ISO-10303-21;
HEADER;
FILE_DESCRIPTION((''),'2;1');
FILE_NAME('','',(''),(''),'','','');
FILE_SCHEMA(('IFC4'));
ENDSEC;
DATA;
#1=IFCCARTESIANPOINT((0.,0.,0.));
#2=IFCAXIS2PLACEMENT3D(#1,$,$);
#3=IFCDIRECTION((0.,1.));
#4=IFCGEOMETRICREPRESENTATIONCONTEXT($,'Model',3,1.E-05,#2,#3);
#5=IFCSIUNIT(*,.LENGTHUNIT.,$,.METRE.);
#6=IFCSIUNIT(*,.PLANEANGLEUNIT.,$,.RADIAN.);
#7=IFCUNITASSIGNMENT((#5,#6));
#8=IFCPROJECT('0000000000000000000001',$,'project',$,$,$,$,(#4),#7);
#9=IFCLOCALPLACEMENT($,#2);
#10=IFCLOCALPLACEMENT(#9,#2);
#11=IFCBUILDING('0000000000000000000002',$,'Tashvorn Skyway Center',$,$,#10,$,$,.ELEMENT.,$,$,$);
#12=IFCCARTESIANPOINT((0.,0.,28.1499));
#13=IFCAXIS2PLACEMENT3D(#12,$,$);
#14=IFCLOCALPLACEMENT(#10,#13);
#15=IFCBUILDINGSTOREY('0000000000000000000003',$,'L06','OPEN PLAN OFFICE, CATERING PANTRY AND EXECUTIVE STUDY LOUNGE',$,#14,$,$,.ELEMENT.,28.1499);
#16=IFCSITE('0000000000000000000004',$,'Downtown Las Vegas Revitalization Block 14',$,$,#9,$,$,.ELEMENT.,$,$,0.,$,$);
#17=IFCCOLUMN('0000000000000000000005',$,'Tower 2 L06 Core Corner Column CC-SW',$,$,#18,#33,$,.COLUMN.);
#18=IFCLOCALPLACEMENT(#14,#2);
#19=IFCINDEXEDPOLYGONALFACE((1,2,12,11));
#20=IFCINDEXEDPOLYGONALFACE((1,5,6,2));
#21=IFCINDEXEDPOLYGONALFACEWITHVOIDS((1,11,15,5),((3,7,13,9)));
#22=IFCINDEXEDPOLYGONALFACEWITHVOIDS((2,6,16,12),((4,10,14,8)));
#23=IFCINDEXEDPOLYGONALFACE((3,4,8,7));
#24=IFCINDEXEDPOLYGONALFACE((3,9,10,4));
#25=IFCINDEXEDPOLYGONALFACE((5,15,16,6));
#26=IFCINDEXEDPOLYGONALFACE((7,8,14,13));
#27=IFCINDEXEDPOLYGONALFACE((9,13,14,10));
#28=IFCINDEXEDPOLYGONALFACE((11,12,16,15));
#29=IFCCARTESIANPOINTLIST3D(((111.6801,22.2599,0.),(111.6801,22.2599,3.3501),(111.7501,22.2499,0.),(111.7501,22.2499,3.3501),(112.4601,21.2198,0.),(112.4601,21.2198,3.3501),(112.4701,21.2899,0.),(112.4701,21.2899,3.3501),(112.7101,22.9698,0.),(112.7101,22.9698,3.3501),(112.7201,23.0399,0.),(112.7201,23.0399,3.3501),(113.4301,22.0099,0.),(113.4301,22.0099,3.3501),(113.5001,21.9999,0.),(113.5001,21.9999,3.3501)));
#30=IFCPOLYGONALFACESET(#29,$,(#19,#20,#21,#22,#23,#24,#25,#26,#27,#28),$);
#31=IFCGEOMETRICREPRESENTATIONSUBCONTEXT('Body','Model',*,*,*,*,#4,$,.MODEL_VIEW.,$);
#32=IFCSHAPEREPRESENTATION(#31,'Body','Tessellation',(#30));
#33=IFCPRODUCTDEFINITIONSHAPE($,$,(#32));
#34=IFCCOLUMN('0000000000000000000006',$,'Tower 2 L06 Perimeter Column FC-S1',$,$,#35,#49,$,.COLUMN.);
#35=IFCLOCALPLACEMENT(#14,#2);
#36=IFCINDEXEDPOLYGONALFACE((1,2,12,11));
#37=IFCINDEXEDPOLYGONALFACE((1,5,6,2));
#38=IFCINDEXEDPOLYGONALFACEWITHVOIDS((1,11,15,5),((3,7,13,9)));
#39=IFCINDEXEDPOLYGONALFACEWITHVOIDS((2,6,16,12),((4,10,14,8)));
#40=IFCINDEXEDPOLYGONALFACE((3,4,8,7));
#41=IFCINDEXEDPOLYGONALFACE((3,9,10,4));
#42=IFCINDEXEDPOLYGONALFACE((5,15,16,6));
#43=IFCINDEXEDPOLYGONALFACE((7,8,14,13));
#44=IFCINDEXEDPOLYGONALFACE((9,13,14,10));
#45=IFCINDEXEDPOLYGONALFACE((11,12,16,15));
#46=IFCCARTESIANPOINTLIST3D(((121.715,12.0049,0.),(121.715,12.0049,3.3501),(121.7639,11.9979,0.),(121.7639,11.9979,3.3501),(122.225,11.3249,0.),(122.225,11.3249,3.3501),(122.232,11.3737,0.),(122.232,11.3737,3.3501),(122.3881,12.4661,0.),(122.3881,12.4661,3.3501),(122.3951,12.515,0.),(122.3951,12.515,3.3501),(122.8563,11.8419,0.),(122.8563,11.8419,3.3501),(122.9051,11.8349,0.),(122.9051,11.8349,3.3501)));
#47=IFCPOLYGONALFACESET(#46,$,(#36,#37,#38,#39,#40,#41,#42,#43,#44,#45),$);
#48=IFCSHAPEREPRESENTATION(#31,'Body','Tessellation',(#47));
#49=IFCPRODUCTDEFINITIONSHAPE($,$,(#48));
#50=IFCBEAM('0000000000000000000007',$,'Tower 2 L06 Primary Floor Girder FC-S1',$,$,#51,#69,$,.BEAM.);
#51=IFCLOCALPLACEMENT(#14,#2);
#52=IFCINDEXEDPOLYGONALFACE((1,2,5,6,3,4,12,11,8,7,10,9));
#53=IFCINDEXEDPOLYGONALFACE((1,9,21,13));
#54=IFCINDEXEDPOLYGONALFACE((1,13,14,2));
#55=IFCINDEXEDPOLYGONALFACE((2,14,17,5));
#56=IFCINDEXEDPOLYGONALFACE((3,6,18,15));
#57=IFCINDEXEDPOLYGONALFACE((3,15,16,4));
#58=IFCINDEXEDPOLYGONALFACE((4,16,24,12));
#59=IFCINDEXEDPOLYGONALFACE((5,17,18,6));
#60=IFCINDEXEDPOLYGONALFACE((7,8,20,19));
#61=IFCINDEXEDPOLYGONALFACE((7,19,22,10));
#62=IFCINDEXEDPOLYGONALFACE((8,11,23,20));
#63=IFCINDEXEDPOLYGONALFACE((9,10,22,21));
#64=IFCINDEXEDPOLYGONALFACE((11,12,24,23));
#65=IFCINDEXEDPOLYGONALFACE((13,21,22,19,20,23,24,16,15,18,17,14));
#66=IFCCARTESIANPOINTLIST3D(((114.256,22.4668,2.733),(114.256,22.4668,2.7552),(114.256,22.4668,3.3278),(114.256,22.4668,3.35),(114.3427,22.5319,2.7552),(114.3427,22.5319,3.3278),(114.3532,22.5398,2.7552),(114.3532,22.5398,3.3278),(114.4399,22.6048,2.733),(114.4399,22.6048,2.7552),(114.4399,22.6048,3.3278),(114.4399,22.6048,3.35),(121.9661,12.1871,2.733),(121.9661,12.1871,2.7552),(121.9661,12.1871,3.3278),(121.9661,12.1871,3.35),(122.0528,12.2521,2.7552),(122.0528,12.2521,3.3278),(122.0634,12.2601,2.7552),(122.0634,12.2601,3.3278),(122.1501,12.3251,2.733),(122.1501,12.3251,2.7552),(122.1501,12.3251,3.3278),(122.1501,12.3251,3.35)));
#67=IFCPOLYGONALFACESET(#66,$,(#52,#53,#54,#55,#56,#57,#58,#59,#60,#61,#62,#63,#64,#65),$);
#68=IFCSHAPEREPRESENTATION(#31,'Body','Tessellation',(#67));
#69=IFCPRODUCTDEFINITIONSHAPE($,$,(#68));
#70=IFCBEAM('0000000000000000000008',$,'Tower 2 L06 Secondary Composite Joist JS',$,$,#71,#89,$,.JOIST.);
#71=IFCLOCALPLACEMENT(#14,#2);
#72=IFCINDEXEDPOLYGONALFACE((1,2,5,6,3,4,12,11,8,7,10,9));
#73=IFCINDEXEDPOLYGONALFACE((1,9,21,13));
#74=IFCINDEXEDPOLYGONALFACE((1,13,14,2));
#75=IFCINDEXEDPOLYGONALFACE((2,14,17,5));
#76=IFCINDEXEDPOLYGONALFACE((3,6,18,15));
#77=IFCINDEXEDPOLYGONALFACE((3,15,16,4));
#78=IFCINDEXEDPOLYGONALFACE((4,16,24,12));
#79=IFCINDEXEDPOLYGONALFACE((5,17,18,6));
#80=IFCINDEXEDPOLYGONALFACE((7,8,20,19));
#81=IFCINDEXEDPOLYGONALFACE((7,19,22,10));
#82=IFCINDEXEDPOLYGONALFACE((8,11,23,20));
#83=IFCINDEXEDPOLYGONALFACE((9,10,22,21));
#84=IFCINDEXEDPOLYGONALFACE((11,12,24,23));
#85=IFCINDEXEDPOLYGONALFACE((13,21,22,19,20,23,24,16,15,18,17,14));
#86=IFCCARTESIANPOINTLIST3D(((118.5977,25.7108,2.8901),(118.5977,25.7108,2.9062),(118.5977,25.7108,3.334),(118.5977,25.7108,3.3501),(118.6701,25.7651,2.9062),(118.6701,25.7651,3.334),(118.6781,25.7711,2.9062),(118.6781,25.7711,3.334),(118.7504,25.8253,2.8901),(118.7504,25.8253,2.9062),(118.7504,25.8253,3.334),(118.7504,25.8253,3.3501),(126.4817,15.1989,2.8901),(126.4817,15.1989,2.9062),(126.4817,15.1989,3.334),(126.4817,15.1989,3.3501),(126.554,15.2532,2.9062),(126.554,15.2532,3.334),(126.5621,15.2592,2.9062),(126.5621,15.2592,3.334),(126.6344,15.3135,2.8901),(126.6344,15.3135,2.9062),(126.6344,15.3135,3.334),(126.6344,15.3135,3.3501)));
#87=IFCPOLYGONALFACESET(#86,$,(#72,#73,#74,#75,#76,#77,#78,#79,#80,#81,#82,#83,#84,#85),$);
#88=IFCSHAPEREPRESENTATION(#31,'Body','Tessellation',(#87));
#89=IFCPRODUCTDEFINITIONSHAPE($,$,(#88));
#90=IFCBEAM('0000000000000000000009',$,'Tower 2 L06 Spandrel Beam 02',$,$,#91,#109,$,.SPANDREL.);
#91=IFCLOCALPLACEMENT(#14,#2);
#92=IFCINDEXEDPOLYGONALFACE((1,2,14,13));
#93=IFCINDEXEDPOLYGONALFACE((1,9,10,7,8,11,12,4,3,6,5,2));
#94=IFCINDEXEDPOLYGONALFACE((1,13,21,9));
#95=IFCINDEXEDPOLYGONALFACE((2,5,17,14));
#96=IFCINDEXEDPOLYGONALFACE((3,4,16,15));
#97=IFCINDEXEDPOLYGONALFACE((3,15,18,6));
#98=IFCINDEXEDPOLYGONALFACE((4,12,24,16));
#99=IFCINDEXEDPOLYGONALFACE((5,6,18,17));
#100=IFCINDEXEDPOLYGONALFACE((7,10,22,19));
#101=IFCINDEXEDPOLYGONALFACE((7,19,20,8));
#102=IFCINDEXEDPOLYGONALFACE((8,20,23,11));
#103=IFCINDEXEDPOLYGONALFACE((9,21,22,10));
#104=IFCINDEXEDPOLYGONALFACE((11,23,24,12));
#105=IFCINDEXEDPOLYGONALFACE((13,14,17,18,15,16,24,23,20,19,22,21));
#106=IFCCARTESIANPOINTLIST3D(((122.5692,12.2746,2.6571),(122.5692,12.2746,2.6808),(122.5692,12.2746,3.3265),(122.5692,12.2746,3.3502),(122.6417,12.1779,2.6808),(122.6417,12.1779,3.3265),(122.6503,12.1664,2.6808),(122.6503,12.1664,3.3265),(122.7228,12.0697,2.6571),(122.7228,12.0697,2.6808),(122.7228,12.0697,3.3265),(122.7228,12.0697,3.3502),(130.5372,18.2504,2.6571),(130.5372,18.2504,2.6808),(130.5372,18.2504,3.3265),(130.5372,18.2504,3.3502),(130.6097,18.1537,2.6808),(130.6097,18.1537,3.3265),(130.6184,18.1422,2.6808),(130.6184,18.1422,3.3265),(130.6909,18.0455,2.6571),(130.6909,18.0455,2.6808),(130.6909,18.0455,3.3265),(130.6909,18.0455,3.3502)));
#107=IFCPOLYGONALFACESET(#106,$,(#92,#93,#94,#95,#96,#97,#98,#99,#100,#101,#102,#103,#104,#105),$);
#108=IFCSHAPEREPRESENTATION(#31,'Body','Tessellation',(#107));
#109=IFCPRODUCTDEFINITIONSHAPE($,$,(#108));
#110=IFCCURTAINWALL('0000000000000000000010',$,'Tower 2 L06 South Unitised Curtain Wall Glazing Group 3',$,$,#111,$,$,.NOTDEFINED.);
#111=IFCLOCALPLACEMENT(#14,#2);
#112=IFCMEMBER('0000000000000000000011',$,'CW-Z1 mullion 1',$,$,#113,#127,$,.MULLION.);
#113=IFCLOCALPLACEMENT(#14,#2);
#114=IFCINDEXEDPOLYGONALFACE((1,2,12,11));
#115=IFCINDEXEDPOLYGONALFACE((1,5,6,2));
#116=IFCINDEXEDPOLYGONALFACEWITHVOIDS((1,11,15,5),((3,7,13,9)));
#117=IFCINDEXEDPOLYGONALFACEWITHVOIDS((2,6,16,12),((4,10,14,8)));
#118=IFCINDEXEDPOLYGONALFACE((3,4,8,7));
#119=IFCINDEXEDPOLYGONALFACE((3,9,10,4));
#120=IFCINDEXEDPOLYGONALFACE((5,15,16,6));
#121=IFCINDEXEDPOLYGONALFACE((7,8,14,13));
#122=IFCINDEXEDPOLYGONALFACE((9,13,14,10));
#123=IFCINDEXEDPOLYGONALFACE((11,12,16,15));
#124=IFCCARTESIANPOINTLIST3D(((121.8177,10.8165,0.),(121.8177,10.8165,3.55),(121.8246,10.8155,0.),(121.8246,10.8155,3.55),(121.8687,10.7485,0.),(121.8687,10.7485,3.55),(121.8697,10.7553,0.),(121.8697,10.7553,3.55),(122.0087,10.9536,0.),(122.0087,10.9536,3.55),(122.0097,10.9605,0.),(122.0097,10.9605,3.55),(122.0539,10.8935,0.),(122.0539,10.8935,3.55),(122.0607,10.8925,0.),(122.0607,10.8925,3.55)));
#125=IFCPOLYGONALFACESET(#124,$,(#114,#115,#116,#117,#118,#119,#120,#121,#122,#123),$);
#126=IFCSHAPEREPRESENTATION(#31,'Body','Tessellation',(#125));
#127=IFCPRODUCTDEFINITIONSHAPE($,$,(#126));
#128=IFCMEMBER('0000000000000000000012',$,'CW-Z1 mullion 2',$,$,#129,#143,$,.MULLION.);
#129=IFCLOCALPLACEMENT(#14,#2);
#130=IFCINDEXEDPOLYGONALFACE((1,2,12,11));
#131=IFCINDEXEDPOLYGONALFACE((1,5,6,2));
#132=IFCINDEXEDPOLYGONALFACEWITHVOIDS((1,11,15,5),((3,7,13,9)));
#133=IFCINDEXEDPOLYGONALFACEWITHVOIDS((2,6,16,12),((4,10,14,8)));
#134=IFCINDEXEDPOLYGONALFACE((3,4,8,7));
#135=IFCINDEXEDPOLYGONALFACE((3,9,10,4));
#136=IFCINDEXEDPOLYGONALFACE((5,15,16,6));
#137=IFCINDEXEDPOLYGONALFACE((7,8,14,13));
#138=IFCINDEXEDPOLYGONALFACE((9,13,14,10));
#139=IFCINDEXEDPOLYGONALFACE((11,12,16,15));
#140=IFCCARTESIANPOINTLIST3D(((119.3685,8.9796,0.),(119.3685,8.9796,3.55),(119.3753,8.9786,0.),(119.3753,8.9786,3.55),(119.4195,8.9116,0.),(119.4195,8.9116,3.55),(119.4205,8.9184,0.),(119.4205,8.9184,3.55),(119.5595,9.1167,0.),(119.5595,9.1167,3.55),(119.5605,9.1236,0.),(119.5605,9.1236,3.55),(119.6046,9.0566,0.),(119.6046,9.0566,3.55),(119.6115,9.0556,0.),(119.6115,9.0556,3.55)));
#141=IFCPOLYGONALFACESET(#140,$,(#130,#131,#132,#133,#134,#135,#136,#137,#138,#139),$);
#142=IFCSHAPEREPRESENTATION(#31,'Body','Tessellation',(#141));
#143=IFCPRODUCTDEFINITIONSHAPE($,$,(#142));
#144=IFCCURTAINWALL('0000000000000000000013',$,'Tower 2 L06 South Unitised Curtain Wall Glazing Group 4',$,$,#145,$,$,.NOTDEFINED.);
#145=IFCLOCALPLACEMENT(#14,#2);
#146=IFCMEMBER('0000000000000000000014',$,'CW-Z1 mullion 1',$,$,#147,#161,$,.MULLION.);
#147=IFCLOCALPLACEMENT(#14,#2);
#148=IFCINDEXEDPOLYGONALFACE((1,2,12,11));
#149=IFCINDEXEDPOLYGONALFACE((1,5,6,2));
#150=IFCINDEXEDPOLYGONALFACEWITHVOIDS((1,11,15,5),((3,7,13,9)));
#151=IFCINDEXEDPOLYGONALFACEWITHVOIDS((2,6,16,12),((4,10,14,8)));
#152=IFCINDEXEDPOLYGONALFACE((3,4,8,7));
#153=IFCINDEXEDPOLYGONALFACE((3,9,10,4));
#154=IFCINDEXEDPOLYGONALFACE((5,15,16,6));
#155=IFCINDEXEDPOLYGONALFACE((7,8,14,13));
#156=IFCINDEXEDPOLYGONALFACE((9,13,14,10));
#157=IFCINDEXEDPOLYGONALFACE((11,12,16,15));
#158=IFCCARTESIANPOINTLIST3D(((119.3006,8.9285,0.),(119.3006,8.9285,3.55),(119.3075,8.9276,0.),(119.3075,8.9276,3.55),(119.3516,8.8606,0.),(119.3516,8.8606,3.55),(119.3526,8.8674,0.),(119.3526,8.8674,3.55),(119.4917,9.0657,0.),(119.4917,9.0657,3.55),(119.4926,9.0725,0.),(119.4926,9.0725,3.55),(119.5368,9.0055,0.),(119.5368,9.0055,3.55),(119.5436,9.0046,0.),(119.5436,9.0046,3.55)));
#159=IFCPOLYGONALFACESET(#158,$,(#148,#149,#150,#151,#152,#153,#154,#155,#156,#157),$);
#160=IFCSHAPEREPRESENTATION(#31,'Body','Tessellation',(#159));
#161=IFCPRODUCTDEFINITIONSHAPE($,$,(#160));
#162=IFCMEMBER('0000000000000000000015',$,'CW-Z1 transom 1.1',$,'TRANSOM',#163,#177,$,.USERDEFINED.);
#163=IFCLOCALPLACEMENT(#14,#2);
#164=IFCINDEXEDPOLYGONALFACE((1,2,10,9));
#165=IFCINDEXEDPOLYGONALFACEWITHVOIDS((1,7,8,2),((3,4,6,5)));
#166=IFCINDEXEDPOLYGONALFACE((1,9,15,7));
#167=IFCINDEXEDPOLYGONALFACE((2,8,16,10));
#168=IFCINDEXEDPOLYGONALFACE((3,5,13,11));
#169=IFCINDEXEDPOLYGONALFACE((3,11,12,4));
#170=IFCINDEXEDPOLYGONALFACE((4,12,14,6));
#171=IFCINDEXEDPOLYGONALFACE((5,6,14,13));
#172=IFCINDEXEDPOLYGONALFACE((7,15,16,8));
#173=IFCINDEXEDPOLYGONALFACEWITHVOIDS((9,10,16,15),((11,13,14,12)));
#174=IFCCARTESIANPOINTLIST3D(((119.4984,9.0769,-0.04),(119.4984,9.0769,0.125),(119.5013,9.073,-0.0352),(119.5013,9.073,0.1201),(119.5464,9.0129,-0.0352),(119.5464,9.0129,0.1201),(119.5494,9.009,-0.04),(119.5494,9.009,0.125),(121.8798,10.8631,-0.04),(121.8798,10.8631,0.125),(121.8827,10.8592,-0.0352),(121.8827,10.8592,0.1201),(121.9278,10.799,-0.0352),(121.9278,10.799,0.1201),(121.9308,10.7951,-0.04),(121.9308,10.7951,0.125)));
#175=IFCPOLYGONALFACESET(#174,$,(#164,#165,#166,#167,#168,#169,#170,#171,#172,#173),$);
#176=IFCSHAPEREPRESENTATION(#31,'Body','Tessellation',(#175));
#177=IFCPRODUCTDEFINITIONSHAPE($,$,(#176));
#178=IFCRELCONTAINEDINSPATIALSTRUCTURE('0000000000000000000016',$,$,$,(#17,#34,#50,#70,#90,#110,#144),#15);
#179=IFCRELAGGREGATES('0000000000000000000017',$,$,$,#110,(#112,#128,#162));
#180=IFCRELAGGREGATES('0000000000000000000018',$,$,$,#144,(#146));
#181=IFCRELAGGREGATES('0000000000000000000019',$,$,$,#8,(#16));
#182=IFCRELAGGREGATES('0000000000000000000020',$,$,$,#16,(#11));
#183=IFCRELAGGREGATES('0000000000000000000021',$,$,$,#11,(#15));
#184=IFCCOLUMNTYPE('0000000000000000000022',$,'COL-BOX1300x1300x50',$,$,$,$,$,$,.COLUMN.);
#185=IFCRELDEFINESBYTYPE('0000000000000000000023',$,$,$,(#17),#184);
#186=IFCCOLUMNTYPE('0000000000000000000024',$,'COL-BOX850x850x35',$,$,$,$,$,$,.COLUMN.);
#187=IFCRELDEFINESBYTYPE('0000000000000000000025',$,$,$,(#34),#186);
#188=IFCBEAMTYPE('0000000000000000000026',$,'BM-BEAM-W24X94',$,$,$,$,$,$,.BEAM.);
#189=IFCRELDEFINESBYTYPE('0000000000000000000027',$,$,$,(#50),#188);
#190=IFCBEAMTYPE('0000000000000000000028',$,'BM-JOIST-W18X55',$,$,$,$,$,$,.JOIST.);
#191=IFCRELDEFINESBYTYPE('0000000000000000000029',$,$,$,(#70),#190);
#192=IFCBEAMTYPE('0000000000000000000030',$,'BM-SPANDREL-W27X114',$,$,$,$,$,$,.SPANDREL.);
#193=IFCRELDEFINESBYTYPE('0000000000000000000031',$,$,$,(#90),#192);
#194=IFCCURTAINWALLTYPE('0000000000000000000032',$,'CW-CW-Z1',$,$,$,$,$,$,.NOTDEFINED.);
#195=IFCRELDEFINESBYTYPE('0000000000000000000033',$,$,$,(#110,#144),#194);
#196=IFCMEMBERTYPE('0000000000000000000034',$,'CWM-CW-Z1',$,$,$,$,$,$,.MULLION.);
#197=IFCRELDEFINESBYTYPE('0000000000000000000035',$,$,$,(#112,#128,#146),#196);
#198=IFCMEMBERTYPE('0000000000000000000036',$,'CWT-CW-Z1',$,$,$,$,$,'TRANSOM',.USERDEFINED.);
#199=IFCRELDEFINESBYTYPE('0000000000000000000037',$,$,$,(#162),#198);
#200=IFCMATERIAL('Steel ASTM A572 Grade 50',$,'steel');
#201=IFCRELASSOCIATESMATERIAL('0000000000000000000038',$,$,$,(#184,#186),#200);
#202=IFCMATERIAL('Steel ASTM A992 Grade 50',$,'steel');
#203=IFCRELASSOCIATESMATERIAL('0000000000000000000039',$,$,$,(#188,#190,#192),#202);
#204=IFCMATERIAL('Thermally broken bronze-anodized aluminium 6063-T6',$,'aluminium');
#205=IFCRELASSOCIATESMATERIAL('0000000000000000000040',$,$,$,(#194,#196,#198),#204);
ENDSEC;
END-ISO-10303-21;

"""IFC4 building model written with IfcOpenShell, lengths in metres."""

from ifc_helpers import new_model, si_unit, direction, frame, origin, origin_2d, place, context, subcontext, project, spatial, hollow_rectangle, i_section, extrude, material, material_profile, profile_set, type_object, element, aggregate, save


model = new_model("IFC4")

# Units and contexts
model_context = context("Model", 3, precision=1e-05, world=origin(), true_north=direction((0.0, 1.0)))
body_context = subcontext(model_context, "Body", "Model", "MODEL_VIEW")
ifc_project = project(units=[si_unit("LENGTHUNIT", "METRE"), si_unit("PLANEANGLEUNIT", "RADIAN")], contexts=[model_context])

# Site, building, storey
site_placement = place(None, origin())
site = spatial("IfcSite", under=ifc_project, at=site_placement, Name="Downtown Las Vegas Revitalization Block 14", CompositionType="ELEMENT", RefElevation=0.0)
building_placement = place(site_placement, origin())
building = spatial("IfcBuilding", under=site, at=building_placement, Name="Tashvorn Skyway Center", CompositionType="ELEMENT")
storey_placement = place(building_placement, frame((0.0, 0.0, 28.1499)))
storey = spatial("IfcBuildingStorey", under=building, at=storey_placement, Name="L06", Description="OPEN PLAN OFFICE, CATERING PANTRY AND EXECUTIVE STUDY LOUNGE", CompositionType="ELEMENT", Elevation=28.1499)

# Columns
ifc_material_1 = material(Name="Steel ASTM A572 Grade 50", Category="steel")
ifc_material_profile_1 = material_profile(ifc_material_1, hollow_rectangle(XDim=1.3, YDim=1.3, WallThickness=0.05, at=origin_2d()), Name="BOX1300x1300x50")
ifc_profile_set_1 = profile_set([ifc_material_profile_1], Name="Steel ASTM A572 Grade 50")
column_type_1 = type_object("IfcColumnType", Name="COL-BOX1300x1300x50", PredefinedType="COLUMN", material=ifc_profile_set_1)
column_1_placement = place(storey_placement, frame((112.5901, 22.1299, 0.0), z_axis=(0.0, 0.0, 1.0), x_axis=(0.8, 0.6, 0.0)))
element("IfcColumn", 1, at=column_1_placement, inside=storey, type_object=column_type_1, Name="Tower 2 L06 Core Corner Column CC-SW", PredefinedType="COLUMN", context=body_context, shape_type="SweptSolid", body=[
    extrude(hollow_rectangle(XDim=1.3, YDim=1.3, WallThickness=0.05, at=origin_2d()), origin(), (0.0, 0.0, 1.0), 3.3501),
])
ifc_material_profile_2 = material_profile(ifc_material_1, hollow_rectangle(XDim=0.8501, YDim=0.8501, WallThickness=0.0349, at=origin_2d()), Name="BOX850x850x35")
ifc_profile_set_2 = profile_set([ifc_material_profile_2], Name="Steel ASTM A572 Grade 50")
column_type_2 = type_object("IfcColumnType", Name="COL-BOX850x850x35", PredefinedType="COLUMN", material=ifc_profile_set_2)
column_2_placement = place(storey_placement, frame((122.3101, 11.9199, 0.0), z_axis=(0.0, 0.0, 1.0), x_axis=(0.8, 0.6, 0.0)))
element("IfcColumn", 2, at=column_2_placement, inside=storey, type_object=column_type_2, Name="Tower 2 L06 Perimeter Column FC-S1", PredefinedType="COLUMN", context=body_context, shape_type="SweptSolid", body=[
    extrude(hollow_rectangle(XDim=0.8501, YDim=0.8501, WallThickness=0.0349, at=origin_2d()), origin(), (0.0, 0.0, 1.0), 3.3501),
])

# Beams
ifc_material_2 = material(Name="Steel ASTM A992 Grade 50", Category="steel")
ifc_material_profile_3 = material_profile(ifc_material_2, i_section(OverallWidth=0.23, OverallDepth=0.6169, WebThickness=0.0132, FlangeThickness=0.0222, at=origin_2d()), Name="W24X94")
ifc_profile_set_3 = profile_set([ifc_material_profile_3], Name="Steel ASTM A992 Grade 50")
beam_type_1 = type_object("IfcBeamType", Name="BM-BEAM-W24X94", PredefinedType="BEAM", material=ifc_profile_set_3)
beam_1_placement = place(storey_placement, frame((122.0581, 12.2561, 3.0415), z_axis=(-0.600018, 0.799986, 0.0), x_axis=(-0.799986, -0.600018, 0.0)))
element("IfcBeam", 3, at=beam_1_placement, inside=storey, type_object=beam_type_1, Name="Tower 2 L06 Primary Floor Girder FC-S1", PredefinedType="BEAM", context=body_context, shape_type="SweptSolid", body=[
    extrude(i_section(OverallWidth=0.23, OverallDepth=0.6169, WebThickness=0.0132, FlangeThickness=0.0222, at=origin_2d()), origin(), (0.0, 0.0, 1.0), 12.8499),
])
ifc_material_profile_4 = material_profile(ifc_material_2, i_section(OverallWidth=0.1909, OverallDepth=0.46, WebThickness=0.01, FlangeThickness=0.0161, at=origin_2d()), Name="W18X55")
ifc_profile_set_4 = profile_set([ifc_material_profile_4], Name="Steel ASTM A992 Grade 50")
beam_type_2 = type_object("IfcBeamType", Name="BM-JOIST-W18X55", PredefinedType="JOIST", material=ifc_profile_set_4)
beam_2_placement = place(storey_placement, frame((118.6741, 25.7681, 3.1201), z_axis=(0.600003, -0.799998, 0.0), x_axis=(0.799998, 0.600003, 0.0)))
element("IfcBeam", 4, at=beam_2_placement, inside=storey, type_object=beam_type_2, Name="Tower 2 L06 Secondary Composite Joist JS", PredefinedType="JOIST", context=body_context, shape_type="SweptSolid", body=[
    extrude(i_section(OverallWidth=0.1909, OverallDepth=0.46, WebThickness=0.01, FlangeThickness=0.0161, at=origin_2d()), origin(), (0.0, 0.0, 1.0), 13.1399),
])
ifc_material_profile_5 = material_profile(ifc_material_2, i_section(OverallWidth=0.2561, OverallDepth=0.6931, WebThickness=0.0144, FlangeThickness=0.0237, at=origin_2d()), Name="W27X114")
ifc_profile_set_5 = profile_set([ifc_material_profile_5], Name="Steel ASTM A992 Grade 50")
beam_type_3 = type_object("IfcBeamType", Name="BM-SPANDREL-W27X114", PredefinedType="SPANDREL", material=ifc_profile_set_5)
beam_3_placement = place(storey_placement, frame((122.646, 12.1721, 3.0037), z_axis=(0.800009, 0.599988, 0.0), x_axis=(-0.599988, 0.800009, 0.0)))
element("IfcBeam", 5, at=beam_3_placement, inside=storey, type_object=beam_type_3, Name="Tower 2 L06 Spandrel Beam 02", PredefinedType="SPANDREL", context=body_context, shape_type="SweptSolid", body=[
    extrude(i_section(OverallWidth=0.2561, OverallDepth=0.6931, WebThickness=0.0144, FlangeThickness=0.0237, at=origin_2d()), origin(), (0.0, 0.0, 1.0), 9.96),
])

# Curtain wall, members
ifc_material_3 = material(Name="Thermally broken bronze-anodized aluminium 6063-T6", Category="aluminium")
curtain_wall_type = type_object("IfcCurtainWallType", Name="CW-CW-Z1", PredefinedType="NOTDEFINED", material=ifc_material_3)
curtain_wall_1_placement = place(storey_placement, origin())
curtain_wall_1 = element("IfcCurtainWall", 6, at=curtain_wall_1_placement, inside=storey, type_object=curtain_wall_type, Name="Tower 2 L06 South Unitised Curtain Wall Glazing Group 3", PredefinedType="NOTDEFINED")
ifc_material_profile_6 = material_profile(ifc_material_3, hollow_rectangle(XDim=0.085, YDim=0.24, WallThickness=0.0049, at=origin_2d()), Name="ALU-MULL-85x240")
ifc_profile_set_6 = profile_set([ifc_material_profile_6], Name="Thermally broken bronze-anodized aluminium 6063-T6")
member_type_1 = type_object("IfcMemberType", Name="CWM-CW-Z1", PredefinedType="MULLION", material=ifc_profile_set_6)
member_1_placement = place(storey_placement, frame((121.9392, 10.8545, 0.0), z_axis=(0.0, 0.0, 1.0), x_axis=(0.600005, -0.799996, 0.0)))
member_1 = element("IfcMember", 7, at=member_1_placement, type_object=member_type_1, Name="CW-Z1 mullion 1", PredefinedType="MULLION", context=body_context, shape_type="SweptSolid", body=[
    extrude(hollow_rectangle(XDim=0.085, YDim=0.24, WallThickness=0.0049, at=origin_2d()), origin(), (0.0, 0.0, 1.0), 3.55),
])
member_2_placement = place(storey_placement, frame((119.49, 9.0176, 0.0), z_axis=(0.0, 0.0, 1.0), x_axis=(0.600005, -0.799996, 0.0)))
member_2 = element("IfcMember", 8, at=member_2_placement, type_object=member_type_1, Name="CW-Z1 mullion 2", PredefinedType="MULLION", context=body_context, shape_type="SweptSolid", body=[
    extrude(hollow_rectangle(XDim=0.085, YDim=0.24, WallThickness=0.0049, at=origin_2d()), origin(), (0.0, 0.0, 1.0), 3.55),
])

# Curtain wall, member
curtain_wall_2_placement = place(storey_placement, origin())
curtain_wall_2 = element("IfcCurtainWall", 9, at=curtain_wall_2_placement, inside=storey, type_object=curtain_wall_type, Name="Tower 2 L06 South Unitised Curtain Wall Glazing Group 4", PredefinedType="NOTDEFINED")
member_3_placement = place(storey_placement, frame((119.4221, 8.9666, 0.0), z_axis=(0.0, 0.0, 1.0), x_axis=(0.6, -0.8, 0.0)))
member_3 = element("IfcMember", 10, at=member_3_placement, type_object=member_type_1, Name="CW-Z1 mullion 1", PredefinedType="MULLION", context=body_context, shape_type="SweptSolid", body=[
    extrude(hollow_rectangle(XDim=0.085, YDim=0.24, WallThickness=0.0049, at=origin_2d()), origin(), (0.0, 0.0, 1.0), 3.55),
])

# Member
ifc_material_profile_7 = material_profile(ifc_material_3, hollow_rectangle(XDim=0.085, YDim=0.165, WallThickness=0.0049, at=origin_2d()), Name="ALU-TRAN-85x165")
ifc_profile_set_7 = profile_set([ifc_material_profile_7], Name="Thermally broken bronze-anodized aluminium 6063-T6")
member_type_2 = type_object("IfcMemberType", Name="CWT-CW-Z1", ElementType="TRANSOM", PredefinedType="USERDEFINED", material=ifc_profile_set_7)
member_4_placement = place(storey_placement, frame((121.9053, 10.8291, 0.0425), z_axis=(-0.79998, -0.600026, 0.0), x_axis=(0.600026, -0.79998, 0.0)))
member_4 = element("IfcMember", 11, at=member_4_placement, type_object=member_type_2, Name="CW-Z1 transom 1.1", ObjectType="TRANSOM", PredefinedType="USERDEFINED", context=body_context, shape_type="SweptSolid", body=[
    extrude(hollow_rectangle(XDim=0.085, YDim=0.165, WallThickness=0.0049, at=origin_2d()), origin(), (0.0, 0.0, 1.0), 2.9768),
])

aggregate(curtain_wall_1, [member_1, member_2, member_4])
aggregate(curtain_wall_2, [member_3])

save(model, "model.ifc")
